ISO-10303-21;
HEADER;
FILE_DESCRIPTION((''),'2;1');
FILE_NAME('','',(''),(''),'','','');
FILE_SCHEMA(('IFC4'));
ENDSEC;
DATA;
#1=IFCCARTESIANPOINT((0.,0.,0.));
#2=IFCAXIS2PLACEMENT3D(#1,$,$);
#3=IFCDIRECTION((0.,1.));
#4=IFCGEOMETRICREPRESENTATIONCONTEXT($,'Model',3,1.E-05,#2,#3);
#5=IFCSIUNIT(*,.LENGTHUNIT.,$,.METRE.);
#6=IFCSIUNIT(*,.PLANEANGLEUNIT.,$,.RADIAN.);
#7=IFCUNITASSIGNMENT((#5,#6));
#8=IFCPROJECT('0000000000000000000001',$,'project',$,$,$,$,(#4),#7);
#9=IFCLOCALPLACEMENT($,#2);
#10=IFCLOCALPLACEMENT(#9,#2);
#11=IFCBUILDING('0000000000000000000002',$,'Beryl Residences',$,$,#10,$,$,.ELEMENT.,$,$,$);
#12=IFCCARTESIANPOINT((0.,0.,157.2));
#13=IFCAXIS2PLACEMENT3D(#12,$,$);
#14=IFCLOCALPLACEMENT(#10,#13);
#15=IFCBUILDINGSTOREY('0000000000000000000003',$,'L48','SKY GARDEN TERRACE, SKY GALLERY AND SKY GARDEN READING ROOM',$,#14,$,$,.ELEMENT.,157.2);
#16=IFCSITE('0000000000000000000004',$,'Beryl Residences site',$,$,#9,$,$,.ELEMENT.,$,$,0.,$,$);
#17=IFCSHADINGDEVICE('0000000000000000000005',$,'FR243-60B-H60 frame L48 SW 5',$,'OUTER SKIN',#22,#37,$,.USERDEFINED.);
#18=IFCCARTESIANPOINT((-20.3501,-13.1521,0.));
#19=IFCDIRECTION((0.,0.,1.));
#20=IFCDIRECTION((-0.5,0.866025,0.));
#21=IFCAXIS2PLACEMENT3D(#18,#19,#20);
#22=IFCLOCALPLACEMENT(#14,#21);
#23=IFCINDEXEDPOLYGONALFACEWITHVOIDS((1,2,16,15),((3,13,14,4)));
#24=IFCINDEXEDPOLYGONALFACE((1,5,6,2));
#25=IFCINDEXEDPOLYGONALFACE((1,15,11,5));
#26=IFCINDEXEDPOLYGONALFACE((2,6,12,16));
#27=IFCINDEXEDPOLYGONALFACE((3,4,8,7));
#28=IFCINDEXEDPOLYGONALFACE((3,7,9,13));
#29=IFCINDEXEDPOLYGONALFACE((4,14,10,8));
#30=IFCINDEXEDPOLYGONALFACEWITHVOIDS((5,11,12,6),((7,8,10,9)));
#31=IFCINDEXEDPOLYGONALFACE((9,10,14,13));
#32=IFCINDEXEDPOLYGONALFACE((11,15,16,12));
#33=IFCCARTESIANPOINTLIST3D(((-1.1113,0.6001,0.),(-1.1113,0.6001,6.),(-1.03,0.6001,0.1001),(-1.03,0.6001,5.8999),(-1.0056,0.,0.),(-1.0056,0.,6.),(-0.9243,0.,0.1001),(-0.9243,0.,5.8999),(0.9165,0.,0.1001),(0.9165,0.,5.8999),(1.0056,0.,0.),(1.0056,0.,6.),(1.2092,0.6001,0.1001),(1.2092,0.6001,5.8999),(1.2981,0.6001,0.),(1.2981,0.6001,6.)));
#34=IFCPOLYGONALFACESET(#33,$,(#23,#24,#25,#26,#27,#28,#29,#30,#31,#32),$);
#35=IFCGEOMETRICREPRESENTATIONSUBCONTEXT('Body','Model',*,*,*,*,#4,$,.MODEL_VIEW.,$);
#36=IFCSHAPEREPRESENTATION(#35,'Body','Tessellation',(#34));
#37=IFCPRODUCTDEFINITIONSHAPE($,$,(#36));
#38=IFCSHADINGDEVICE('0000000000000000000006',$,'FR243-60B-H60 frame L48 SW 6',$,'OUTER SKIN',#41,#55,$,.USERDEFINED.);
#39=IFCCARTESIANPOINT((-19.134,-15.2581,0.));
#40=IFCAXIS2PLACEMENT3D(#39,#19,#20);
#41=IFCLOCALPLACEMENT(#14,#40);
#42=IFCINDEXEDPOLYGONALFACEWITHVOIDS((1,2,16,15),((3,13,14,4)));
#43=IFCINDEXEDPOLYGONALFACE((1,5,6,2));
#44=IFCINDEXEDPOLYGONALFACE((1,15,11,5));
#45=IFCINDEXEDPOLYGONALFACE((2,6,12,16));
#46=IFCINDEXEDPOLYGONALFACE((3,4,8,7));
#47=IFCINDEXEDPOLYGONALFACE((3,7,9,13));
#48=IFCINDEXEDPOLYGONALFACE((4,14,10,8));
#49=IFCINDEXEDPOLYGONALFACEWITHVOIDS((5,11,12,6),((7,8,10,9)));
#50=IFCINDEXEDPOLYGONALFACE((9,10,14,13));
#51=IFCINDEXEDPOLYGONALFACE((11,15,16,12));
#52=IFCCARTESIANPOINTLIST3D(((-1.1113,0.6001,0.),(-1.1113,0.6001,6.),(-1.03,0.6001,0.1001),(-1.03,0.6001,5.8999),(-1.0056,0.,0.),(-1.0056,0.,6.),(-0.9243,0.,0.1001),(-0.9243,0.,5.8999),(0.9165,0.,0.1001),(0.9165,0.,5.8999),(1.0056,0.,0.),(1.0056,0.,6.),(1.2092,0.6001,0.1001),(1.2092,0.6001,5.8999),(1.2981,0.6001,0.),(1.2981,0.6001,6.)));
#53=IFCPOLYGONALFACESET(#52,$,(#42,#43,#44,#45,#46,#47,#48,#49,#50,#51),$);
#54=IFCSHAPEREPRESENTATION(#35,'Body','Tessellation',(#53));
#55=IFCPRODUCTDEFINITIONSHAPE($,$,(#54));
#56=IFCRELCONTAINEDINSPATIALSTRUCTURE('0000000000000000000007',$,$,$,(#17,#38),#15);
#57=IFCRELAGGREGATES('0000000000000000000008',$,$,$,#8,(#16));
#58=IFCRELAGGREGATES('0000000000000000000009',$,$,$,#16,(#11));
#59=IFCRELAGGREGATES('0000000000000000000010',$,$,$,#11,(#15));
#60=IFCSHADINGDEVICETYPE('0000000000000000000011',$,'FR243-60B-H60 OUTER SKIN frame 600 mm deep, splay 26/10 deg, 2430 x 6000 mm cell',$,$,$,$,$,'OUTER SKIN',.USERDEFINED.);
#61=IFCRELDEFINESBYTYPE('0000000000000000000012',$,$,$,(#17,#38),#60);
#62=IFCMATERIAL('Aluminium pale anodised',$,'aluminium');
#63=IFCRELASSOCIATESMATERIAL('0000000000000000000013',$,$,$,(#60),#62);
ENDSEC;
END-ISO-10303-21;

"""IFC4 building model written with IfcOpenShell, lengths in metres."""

from ifc_helpers import new_model, entity, si_unit, direction, frame, origin, place, context, subcontext, project, spatial, source, transform, mapped, material, type_object, type_shapes, element, save


model = new_model("IFC4")

# Units and contexts
model_context = context("Model", 3, precision=1e-05, world=origin(), true_north=direction((0.0, 1.0)))
body_context = subcontext(model_context, "Body", "Model", "MODEL_VIEW")
ifc_project = project(units=[si_unit("LENGTHUNIT", "METRE"), si_unit("PLANEANGLEUNIT", "RADIAN")], contexts=[model_context])

# Site, building, storey
site_placement = place(None, origin())
site = spatial("IfcSite", under=ifc_project, at=site_placement, Name="Beryl Residences site", CompositionType="ELEMENT", RefElevation=0.0)
building_placement = place(site_placement, origin())
building = spatial("IfcBuilding", under=site, at=building_placement, Name="Beryl Residences", CompositionType="ELEMENT")
storey_placement = place(building_placement, frame((0.0, 0.0, 157.2)))
storey = spatial("IfcBuildingStorey", under=building, at=storey_placement, Name="L48", Description="SKY GARDEN TERRACE, SKY GALLERY AND SKY GARDEN READING ROOM", CompositionType="ELEMENT", Elevation=157.2)

# Shading devices
ifc_material_1 = material(Name="Aluminium pale anodised", Category="aluminium")
shading_device_type = type_object("IfcShadingDeviceType", Name="FR243-60B-H60 OUTER SKIN frame 600 mm deep, splay 26/10 deg, 2430 x 6000 mm cell", ElementType="OUTER SKIN", PredefinedType="USERDEFINED", material=ifc_material_1)
cartesian_point_1 = entity("IfcCartesianPoint", [-1.0056, 0.0])
cartesian_point_2 = entity("IfcCartesianPoint", [-0.9165, 0.1001])
cartesian_point_3 = entity("IfcCartesianPoint", [-1.2981, 0.0])
cartesian_point_4 = entity("IfcCartesianPoint", [-1.2092, 0.1001])
shared_shape_1 = source(origin(), body_context, "Body", "SweptSolid", [
    entity("IfcExtrudedAreaSolidTapered", entity("IfcArbitraryProfileDefWithVoids", "AREA", None, entity("IfcPolyline", [cartesian_point_1, entity("IfcCartesianPoint", [1.0056, 0.0]), entity("IfcCartesianPoint", [1.0056, 6.0]), entity("IfcCartesianPoint", [-1.0056, 6.0]), cartesian_point_1]), [entity("IfcPolyline", [cartesian_point_2, entity("IfcCartesianPoint", [0.9243, 0.1001]), entity("IfcCartesianPoint", [0.9243, 5.8999]), entity("IfcCartesianPoint", [-0.9165, 5.8999]), cartesian_point_2])]), entity("IfcAxis2Placement3D", entity("IfcCartesianPoint", [0.0, 0.0, 0.0]), entity("IfcDirection", [0.0, 1.0, 0.0]), entity("IfcDirection", [-1.0, 0.0, 0.0])), entity("IfcDirection", [0.0, 0.0, 1.0]), 0.6001, entity("IfcArbitraryProfileDefWithVoids", "AREA", None, entity("IfcPolyline", [cartesian_point_3, entity("IfcCartesianPoint", [1.1113, 0.0]), entity("IfcCartesianPoint", [1.1113, 6.0]), entity("IfcCartesianPoint", [-1.2981, 6.0]), cartesian_point_3]), [entity("IfcPolyline", [cartesian_point_4, entity("IfcCartesianPoint", [1.03, 0.1001]), entity("IfcCartesianPoint", [1.03, 5.8999]), entity("IfcCartesianPoint", [-1.2092, 5.8999]), cartesian_point_4])])),
])
type_shapes(shading_device_type, [shared_shape_1])
for number, where, z_axis, x_axis, name in (
    (1, (-20.3501, -13.1521, 0.0), (0.0, 0.0, 1.0), (-0.5, 0.866025, 0.0), "FR243-60B-H60 frame L48 SW 5"),
    (2, (-19.134, -15.2581, 0.0), (0.0, 0.0, 1.0), (-0.5, 0.866025, 0.0), "FR243-60B-H60 frame L48 SW 6"),
):
    element("IfcShadingDevice", number, at=place(storey_placement, frame(where, z_axis=z_axis, x_axis=x_axis)), inside=storey, type_object=shading_device_type, Name=name, ObjectType="OUTER SKIN", PredefinedType="USERDEFINED", context=body_context, shape_type="MappedRepresentation", body=[
        mapped(shared_shape_1, transform((0.0, 0.0, 0.0))),
    ])

save(model, "model.ifc")
